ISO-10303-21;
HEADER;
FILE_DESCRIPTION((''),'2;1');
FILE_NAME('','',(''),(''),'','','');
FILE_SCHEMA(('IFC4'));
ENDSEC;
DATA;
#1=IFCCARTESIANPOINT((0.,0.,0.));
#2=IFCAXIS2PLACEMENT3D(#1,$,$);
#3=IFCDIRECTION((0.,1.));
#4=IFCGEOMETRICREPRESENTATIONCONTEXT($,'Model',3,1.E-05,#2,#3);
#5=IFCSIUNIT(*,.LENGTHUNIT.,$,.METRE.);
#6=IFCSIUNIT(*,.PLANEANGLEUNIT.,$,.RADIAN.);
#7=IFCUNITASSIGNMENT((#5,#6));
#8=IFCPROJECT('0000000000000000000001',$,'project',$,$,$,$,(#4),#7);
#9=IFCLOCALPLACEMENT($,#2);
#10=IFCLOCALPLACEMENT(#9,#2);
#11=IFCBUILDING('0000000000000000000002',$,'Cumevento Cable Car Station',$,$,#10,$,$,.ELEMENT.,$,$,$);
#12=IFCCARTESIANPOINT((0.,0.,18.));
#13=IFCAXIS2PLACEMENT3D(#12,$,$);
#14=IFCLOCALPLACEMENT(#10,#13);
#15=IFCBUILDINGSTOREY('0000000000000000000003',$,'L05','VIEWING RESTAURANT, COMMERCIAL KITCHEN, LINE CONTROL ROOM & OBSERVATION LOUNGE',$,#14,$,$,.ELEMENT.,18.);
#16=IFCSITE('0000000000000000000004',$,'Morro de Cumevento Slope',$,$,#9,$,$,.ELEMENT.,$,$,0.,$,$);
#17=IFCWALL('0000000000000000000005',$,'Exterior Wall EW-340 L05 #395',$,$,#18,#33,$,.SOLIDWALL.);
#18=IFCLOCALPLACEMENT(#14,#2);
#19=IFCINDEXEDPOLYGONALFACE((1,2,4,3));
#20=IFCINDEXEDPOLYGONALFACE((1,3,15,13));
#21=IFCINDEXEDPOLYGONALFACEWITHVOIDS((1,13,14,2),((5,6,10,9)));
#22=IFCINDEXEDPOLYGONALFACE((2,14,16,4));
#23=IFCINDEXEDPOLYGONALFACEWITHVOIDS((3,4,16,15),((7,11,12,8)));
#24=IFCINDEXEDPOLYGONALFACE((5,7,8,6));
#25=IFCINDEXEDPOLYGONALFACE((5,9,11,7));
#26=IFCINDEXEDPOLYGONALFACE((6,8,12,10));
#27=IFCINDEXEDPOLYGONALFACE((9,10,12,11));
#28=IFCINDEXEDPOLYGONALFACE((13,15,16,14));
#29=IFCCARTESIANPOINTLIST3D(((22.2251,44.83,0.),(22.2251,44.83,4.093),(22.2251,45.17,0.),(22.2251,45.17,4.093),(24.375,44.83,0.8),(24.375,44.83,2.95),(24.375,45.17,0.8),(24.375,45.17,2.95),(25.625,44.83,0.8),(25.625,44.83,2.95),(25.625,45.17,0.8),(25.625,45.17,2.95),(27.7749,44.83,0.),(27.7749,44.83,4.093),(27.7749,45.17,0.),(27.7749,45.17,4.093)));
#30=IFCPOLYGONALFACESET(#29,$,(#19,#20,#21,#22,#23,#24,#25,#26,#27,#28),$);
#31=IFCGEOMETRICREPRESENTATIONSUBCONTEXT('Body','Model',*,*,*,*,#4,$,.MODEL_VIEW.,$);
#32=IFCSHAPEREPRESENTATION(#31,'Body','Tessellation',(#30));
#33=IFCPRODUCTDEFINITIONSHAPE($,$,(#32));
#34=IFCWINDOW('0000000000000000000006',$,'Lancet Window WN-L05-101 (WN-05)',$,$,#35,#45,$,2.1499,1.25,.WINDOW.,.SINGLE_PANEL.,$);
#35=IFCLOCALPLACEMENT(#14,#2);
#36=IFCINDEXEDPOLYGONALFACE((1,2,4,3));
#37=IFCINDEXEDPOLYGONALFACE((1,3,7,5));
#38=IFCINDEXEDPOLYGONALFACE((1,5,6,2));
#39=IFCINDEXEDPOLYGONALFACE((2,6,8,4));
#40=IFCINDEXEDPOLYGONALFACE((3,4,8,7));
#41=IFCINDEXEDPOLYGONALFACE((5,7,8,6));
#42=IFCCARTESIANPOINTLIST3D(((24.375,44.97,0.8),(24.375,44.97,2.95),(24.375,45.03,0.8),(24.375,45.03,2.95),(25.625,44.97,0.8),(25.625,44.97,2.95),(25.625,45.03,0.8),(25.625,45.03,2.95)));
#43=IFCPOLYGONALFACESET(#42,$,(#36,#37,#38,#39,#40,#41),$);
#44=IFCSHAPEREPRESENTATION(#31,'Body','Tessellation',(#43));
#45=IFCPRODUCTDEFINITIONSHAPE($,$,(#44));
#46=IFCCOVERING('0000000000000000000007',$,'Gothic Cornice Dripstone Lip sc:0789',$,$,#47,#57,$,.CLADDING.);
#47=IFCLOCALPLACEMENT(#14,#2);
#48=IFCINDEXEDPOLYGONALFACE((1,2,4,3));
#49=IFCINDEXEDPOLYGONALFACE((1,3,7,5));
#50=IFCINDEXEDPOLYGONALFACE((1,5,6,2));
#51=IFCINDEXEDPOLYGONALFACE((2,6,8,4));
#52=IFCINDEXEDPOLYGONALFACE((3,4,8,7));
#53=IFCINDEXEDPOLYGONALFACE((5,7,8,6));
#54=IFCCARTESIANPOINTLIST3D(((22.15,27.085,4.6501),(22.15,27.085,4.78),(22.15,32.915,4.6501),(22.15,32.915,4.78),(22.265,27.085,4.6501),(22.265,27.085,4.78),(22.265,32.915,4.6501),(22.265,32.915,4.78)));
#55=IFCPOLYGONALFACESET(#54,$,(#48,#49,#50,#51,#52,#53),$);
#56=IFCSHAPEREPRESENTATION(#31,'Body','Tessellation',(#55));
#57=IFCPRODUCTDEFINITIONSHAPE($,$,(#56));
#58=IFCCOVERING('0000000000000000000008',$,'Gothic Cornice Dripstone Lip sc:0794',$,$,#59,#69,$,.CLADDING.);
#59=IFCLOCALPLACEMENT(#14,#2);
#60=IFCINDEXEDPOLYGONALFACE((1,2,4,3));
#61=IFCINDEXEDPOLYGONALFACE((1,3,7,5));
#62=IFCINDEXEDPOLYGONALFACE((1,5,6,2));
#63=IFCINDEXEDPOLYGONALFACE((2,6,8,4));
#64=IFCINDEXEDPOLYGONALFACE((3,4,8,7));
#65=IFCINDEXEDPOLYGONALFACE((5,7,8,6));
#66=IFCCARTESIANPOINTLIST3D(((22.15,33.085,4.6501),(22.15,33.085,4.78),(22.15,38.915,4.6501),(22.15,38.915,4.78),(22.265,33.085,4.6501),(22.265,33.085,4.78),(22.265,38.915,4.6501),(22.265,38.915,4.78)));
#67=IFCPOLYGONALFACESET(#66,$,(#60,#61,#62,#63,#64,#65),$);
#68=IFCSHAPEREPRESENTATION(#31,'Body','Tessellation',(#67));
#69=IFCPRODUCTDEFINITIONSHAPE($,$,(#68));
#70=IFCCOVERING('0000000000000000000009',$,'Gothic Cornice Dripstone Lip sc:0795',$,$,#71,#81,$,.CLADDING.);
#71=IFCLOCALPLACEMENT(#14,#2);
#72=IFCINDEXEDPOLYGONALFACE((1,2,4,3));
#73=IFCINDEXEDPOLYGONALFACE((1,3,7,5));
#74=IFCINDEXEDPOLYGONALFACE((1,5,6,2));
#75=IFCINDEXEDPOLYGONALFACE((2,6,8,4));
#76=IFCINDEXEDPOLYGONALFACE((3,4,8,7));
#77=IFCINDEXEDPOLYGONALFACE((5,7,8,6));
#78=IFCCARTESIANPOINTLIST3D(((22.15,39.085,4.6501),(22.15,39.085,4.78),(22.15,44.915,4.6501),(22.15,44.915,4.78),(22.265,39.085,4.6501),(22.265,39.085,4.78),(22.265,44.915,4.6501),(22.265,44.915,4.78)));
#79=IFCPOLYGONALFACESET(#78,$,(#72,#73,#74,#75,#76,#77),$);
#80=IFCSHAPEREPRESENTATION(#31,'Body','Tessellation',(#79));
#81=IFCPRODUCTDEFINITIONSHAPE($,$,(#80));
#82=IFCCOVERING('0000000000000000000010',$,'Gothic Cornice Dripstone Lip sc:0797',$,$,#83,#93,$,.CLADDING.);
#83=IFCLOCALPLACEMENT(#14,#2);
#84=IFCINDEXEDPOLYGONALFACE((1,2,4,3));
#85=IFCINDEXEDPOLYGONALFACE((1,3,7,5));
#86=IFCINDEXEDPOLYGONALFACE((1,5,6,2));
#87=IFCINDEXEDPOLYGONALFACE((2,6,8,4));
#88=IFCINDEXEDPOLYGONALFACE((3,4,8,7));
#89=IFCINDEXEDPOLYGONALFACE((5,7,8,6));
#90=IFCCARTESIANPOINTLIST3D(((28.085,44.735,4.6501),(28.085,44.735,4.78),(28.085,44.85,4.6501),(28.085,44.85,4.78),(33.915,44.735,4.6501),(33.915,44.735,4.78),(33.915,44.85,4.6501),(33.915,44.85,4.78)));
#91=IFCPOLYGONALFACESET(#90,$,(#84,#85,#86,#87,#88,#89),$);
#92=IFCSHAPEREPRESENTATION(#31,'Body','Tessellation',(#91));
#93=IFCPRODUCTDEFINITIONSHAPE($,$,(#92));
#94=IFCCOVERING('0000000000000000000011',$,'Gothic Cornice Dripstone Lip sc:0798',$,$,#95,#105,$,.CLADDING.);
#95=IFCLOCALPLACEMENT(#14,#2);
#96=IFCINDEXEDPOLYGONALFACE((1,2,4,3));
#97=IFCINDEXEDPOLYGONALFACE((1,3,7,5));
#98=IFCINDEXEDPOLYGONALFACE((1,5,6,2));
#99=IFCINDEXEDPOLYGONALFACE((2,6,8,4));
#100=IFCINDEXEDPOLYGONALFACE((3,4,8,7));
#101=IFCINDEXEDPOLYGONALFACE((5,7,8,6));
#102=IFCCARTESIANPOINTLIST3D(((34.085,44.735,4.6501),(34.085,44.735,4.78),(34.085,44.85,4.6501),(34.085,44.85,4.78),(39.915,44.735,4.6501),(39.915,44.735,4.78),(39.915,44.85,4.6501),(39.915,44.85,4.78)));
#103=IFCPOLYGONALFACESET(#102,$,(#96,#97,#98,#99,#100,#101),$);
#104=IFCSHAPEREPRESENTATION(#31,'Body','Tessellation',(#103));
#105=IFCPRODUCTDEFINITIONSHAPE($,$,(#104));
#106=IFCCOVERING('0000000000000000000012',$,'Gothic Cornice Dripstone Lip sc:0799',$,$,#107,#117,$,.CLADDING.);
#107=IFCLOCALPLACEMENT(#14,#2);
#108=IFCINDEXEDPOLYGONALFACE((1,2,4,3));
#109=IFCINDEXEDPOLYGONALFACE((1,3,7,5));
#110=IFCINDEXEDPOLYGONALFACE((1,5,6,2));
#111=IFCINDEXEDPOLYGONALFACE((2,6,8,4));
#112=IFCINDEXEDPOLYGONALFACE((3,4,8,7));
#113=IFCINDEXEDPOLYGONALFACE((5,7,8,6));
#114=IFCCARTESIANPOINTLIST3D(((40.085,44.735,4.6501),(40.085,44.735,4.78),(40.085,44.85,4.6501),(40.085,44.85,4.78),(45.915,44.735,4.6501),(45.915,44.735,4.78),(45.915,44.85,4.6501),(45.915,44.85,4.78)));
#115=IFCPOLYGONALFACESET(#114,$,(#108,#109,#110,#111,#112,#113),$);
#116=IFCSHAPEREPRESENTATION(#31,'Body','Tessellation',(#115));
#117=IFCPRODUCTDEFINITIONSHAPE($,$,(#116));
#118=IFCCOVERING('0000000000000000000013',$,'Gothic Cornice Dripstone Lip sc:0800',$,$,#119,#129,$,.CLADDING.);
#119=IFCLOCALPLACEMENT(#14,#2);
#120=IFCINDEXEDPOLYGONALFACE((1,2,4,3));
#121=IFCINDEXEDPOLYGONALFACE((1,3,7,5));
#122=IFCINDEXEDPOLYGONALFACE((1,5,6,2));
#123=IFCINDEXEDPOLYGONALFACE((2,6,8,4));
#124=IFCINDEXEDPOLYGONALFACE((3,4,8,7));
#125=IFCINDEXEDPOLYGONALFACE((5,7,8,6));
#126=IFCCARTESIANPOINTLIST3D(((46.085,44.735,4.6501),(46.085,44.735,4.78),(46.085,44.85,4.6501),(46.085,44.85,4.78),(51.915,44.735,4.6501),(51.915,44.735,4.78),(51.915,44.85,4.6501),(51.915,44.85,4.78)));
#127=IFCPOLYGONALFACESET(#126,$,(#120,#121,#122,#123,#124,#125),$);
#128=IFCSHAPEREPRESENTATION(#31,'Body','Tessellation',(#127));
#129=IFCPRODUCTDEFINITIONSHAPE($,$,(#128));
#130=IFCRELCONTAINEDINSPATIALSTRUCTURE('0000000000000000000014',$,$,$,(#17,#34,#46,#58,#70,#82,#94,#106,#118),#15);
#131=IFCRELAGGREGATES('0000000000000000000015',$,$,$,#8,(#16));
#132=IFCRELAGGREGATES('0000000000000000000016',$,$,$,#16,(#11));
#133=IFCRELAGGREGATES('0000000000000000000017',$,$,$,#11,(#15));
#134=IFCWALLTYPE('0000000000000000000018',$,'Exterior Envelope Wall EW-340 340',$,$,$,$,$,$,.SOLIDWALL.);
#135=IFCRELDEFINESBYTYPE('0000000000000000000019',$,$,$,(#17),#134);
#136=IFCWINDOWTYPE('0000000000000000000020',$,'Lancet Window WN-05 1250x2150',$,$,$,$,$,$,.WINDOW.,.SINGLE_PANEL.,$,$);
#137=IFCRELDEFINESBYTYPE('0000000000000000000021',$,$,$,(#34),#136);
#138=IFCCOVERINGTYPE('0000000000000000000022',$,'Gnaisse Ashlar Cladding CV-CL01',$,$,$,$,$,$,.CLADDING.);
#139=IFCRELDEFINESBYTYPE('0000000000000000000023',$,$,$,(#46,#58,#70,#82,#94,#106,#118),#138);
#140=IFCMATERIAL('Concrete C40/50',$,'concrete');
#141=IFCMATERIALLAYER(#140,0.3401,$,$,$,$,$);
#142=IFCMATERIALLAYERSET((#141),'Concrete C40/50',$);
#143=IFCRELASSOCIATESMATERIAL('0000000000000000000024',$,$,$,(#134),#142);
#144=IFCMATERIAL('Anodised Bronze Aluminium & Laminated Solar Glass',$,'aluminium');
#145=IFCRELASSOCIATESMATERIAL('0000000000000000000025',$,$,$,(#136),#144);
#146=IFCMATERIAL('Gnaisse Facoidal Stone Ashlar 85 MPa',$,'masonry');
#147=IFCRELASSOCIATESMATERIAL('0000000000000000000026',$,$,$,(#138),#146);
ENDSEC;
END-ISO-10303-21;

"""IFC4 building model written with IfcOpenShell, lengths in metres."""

from ifc_helpers import new_model, si_unit, direction, frame, frame_2d, origin, origin_2d, place, context, subcontext, project, spatial, rectangle, extrude, material, layer, layer_set, type_object, element, fill, save


model = new_model("IFC4")

# Units and contexts
model_context = context("Model", 3, precision=1e-05, world=origin(), true_north=direction((0.0, 1.0)))
body_context = subcontext(model_context, "Body", "Model", "MODEL_VIEW")
ifc_project = project(units=[si_unit("LENGTHUNIT", "METRE"), si_unit("PLANEANGLEUNIT", "RADIAN")], contexts=[model_context])

# Site, building, storey
site_placement = place(None, origin())
site = spatial("IfcSite", under=ifc_project, at=site_placement, Name="Morro de Cumevento Slope", CompositionType="ELEMENT", RefElevation=0.0)
building_placement = place(site_placement, origin())
building = spatial("IfcBuilding", under=site, at=building_placement, Name="Cumevento Cable Car Station", CompositionType="ELEMENT")
storey_placement = place(building_placement, frame((0.0, 0.0, 18.0)))
storey = spatial("IfcBuildingStorey", under=building, at=storey_placement, Name="L05", Description="VIEWING RESTAURANT, COMMERCIAL KITCHEN, LINE CONTROL ROOM & OBSERVATION LOUNGE", CompositionType="ELEMENT", Elevation=18.0)

# Wall, opening, window
ifc_material_1 = material(Name="Concrete C40/50", Category="concrete")
ifc_layer_1 = layer(ifc_material_1, 0.3401)
ifc_layer_set_1 = layer_set([ifc_layer_1], Name="Concrete C40/50")
wall_type_1 = type_object("IfcWallType", Name="Exterior Envelope Wall EW-340 340", PredefinedType="SOLIDWALL", material=ifc_layer_set_1)
wall_1_placement = place(storey_placement, frame((27.7749, 45.0, 0.0), z_axis=(0.0, 0.0, 1.0), x_axis=(-1.0, 0.0, 0.0)))
wall_1 = element("IfcWall", 1, at=wall_1_placement, inside=storey, type_object=wall_type_1, Name="Exterior Wall EW-340 L05 #395", PredefinedType="SOLIDWALL", context=body_context, shape_type="SweptSolid", body=[
    extrude(rectangle(XDim=5.5498, YDim=0.3401, at=frame_2d((2.7749, 0.0))), origin(), (0.0, 0.0, 1.0), 4.093),
])
opening_placement = place(wall_1_placement, frame((2.1499, 0.0, 0.8)))
opening = element("IfcOpeningElement", 2, at=opening_placement, cuts=wall_1, PredefinedType="OPENING", context=body_context, shape_type="SweptSolid", body=[
    extrude(rectangle(XDim=1.25, YDim=2.1499, at=frame_2d((0.625, 1.075))), frame((0.0, 0.1799, 0.0), z_axis=(0.0, -1.0, 0.0), x_axis=(1.0, 0.0, 0.0)), (0.0, 0.0, 1.0), 0.3601),
])
ifc_material_2 = material(Name="Anodised Bronze Aluminium & Laminated Solar Glass", Category="aluminium")
window_type = type_object("IfcWindowType", Name="Lancet Window WN-05 1250x2150", PartitioningType="SINGLE_PANEL", PredefinedType="WINDOW", material=ifc_material_2)
window_placement = place(opening_placement, origin())
window = element("IfcWindow", 3, at=window_placement, inside=storey, type_object=window_type, Name="Lancet Window WN-L05-101 (WN-05)", OverallHeight=2.1499, OverallWidth=1.25, PartitioningType="SINGLE_PANEL", PredefinedType="WINDOW", context=body_context, shape_type="SweptSolid", body=[
    extrude(rectangle(XDim=1.25, YDim=2.1499, at=frame_2d((0.625, 1.075))), frame((0.0, 0.03, 0.0), z_axis=(0.0, -1.0, 0.0), x_axis=(1.0, 0.0, 0.0)), (0.0, 0.0, 1.0), 0.0601),
])
fill(opening, window)

# Coverings
ifc_material_3 = material(Name="Gnaisse Facoidal Stone Ashlar 85 MPa", Category="masonry")
covering_type = type_object("IfcCoveringType", Name="Gnaisse Ashlar Cladding CV-CL01", PredefinedType="CLADDING", material=ifc_material_3)
for number, where, z_axis, x_axis, name in (
    (4, (22.2075, 30.0, 4.6501), (0.0, 0.0, 1.0), (0.0, -1.0, 0.0), "Gothic Cornice Dripstone Lip sc:0789"),
    (5, (22.2075, 36.0, 4.6501), (0.0, 0.0, 1.0), (0.0, -1.0, 0.0), "Gothic Cornice Dripstone Lip sc:0794"),
    (6, (22.2075, 42.0, 4.6501), (0.0, 0.0, 1.0), (0.0, -1.0, 0.0), "Gothic Cornice Dripstone Lip sc:0795"),
    (7, (31.0, 44.7925, 4.6501), (0.0, 0.0, 1.0), (-1.0, 0.0, 0.0), "Gothic Cornice Dripstone Lip sc:0797"),
    (8, (37.0, 44.7925, 4.6501), (0.0, 0.0, 1.0), (-1.0, 0.0, 0.0), "Gothic Cornice Dripstone Lip sc:0798"),
    (9, (43.0, 44.7925, 4.6501), (0.0, 0.0, 1.0), (-1.0, 0.0, 0.0), "Gothic Cornice Dripstone Lip sc:0799"),
    (10, (49.0, 44.7925, 4.6501), (0.0, 0.0, 1.0), (-1.0, 0.0, 0.0), "Gothic Cornice Dripstone Lip sc:0800"),
):
    element("IfcCovering", number, at=place(storey_placement, frame(where, z_axis=z_axis, x_axis=x_axis)), inside=storey, type_object=covering_type, Name=name, PredefinedType="CLADDING", context=body_context, shape_type="SweptSolid", body=[
        extrude(rectangle(XDim=5.8301, YDim=0.115, at=origin_2d()), origin(), (0.0, 0.0, 1.0), 0.1299),
    ])

save(model, "model.ifc")
